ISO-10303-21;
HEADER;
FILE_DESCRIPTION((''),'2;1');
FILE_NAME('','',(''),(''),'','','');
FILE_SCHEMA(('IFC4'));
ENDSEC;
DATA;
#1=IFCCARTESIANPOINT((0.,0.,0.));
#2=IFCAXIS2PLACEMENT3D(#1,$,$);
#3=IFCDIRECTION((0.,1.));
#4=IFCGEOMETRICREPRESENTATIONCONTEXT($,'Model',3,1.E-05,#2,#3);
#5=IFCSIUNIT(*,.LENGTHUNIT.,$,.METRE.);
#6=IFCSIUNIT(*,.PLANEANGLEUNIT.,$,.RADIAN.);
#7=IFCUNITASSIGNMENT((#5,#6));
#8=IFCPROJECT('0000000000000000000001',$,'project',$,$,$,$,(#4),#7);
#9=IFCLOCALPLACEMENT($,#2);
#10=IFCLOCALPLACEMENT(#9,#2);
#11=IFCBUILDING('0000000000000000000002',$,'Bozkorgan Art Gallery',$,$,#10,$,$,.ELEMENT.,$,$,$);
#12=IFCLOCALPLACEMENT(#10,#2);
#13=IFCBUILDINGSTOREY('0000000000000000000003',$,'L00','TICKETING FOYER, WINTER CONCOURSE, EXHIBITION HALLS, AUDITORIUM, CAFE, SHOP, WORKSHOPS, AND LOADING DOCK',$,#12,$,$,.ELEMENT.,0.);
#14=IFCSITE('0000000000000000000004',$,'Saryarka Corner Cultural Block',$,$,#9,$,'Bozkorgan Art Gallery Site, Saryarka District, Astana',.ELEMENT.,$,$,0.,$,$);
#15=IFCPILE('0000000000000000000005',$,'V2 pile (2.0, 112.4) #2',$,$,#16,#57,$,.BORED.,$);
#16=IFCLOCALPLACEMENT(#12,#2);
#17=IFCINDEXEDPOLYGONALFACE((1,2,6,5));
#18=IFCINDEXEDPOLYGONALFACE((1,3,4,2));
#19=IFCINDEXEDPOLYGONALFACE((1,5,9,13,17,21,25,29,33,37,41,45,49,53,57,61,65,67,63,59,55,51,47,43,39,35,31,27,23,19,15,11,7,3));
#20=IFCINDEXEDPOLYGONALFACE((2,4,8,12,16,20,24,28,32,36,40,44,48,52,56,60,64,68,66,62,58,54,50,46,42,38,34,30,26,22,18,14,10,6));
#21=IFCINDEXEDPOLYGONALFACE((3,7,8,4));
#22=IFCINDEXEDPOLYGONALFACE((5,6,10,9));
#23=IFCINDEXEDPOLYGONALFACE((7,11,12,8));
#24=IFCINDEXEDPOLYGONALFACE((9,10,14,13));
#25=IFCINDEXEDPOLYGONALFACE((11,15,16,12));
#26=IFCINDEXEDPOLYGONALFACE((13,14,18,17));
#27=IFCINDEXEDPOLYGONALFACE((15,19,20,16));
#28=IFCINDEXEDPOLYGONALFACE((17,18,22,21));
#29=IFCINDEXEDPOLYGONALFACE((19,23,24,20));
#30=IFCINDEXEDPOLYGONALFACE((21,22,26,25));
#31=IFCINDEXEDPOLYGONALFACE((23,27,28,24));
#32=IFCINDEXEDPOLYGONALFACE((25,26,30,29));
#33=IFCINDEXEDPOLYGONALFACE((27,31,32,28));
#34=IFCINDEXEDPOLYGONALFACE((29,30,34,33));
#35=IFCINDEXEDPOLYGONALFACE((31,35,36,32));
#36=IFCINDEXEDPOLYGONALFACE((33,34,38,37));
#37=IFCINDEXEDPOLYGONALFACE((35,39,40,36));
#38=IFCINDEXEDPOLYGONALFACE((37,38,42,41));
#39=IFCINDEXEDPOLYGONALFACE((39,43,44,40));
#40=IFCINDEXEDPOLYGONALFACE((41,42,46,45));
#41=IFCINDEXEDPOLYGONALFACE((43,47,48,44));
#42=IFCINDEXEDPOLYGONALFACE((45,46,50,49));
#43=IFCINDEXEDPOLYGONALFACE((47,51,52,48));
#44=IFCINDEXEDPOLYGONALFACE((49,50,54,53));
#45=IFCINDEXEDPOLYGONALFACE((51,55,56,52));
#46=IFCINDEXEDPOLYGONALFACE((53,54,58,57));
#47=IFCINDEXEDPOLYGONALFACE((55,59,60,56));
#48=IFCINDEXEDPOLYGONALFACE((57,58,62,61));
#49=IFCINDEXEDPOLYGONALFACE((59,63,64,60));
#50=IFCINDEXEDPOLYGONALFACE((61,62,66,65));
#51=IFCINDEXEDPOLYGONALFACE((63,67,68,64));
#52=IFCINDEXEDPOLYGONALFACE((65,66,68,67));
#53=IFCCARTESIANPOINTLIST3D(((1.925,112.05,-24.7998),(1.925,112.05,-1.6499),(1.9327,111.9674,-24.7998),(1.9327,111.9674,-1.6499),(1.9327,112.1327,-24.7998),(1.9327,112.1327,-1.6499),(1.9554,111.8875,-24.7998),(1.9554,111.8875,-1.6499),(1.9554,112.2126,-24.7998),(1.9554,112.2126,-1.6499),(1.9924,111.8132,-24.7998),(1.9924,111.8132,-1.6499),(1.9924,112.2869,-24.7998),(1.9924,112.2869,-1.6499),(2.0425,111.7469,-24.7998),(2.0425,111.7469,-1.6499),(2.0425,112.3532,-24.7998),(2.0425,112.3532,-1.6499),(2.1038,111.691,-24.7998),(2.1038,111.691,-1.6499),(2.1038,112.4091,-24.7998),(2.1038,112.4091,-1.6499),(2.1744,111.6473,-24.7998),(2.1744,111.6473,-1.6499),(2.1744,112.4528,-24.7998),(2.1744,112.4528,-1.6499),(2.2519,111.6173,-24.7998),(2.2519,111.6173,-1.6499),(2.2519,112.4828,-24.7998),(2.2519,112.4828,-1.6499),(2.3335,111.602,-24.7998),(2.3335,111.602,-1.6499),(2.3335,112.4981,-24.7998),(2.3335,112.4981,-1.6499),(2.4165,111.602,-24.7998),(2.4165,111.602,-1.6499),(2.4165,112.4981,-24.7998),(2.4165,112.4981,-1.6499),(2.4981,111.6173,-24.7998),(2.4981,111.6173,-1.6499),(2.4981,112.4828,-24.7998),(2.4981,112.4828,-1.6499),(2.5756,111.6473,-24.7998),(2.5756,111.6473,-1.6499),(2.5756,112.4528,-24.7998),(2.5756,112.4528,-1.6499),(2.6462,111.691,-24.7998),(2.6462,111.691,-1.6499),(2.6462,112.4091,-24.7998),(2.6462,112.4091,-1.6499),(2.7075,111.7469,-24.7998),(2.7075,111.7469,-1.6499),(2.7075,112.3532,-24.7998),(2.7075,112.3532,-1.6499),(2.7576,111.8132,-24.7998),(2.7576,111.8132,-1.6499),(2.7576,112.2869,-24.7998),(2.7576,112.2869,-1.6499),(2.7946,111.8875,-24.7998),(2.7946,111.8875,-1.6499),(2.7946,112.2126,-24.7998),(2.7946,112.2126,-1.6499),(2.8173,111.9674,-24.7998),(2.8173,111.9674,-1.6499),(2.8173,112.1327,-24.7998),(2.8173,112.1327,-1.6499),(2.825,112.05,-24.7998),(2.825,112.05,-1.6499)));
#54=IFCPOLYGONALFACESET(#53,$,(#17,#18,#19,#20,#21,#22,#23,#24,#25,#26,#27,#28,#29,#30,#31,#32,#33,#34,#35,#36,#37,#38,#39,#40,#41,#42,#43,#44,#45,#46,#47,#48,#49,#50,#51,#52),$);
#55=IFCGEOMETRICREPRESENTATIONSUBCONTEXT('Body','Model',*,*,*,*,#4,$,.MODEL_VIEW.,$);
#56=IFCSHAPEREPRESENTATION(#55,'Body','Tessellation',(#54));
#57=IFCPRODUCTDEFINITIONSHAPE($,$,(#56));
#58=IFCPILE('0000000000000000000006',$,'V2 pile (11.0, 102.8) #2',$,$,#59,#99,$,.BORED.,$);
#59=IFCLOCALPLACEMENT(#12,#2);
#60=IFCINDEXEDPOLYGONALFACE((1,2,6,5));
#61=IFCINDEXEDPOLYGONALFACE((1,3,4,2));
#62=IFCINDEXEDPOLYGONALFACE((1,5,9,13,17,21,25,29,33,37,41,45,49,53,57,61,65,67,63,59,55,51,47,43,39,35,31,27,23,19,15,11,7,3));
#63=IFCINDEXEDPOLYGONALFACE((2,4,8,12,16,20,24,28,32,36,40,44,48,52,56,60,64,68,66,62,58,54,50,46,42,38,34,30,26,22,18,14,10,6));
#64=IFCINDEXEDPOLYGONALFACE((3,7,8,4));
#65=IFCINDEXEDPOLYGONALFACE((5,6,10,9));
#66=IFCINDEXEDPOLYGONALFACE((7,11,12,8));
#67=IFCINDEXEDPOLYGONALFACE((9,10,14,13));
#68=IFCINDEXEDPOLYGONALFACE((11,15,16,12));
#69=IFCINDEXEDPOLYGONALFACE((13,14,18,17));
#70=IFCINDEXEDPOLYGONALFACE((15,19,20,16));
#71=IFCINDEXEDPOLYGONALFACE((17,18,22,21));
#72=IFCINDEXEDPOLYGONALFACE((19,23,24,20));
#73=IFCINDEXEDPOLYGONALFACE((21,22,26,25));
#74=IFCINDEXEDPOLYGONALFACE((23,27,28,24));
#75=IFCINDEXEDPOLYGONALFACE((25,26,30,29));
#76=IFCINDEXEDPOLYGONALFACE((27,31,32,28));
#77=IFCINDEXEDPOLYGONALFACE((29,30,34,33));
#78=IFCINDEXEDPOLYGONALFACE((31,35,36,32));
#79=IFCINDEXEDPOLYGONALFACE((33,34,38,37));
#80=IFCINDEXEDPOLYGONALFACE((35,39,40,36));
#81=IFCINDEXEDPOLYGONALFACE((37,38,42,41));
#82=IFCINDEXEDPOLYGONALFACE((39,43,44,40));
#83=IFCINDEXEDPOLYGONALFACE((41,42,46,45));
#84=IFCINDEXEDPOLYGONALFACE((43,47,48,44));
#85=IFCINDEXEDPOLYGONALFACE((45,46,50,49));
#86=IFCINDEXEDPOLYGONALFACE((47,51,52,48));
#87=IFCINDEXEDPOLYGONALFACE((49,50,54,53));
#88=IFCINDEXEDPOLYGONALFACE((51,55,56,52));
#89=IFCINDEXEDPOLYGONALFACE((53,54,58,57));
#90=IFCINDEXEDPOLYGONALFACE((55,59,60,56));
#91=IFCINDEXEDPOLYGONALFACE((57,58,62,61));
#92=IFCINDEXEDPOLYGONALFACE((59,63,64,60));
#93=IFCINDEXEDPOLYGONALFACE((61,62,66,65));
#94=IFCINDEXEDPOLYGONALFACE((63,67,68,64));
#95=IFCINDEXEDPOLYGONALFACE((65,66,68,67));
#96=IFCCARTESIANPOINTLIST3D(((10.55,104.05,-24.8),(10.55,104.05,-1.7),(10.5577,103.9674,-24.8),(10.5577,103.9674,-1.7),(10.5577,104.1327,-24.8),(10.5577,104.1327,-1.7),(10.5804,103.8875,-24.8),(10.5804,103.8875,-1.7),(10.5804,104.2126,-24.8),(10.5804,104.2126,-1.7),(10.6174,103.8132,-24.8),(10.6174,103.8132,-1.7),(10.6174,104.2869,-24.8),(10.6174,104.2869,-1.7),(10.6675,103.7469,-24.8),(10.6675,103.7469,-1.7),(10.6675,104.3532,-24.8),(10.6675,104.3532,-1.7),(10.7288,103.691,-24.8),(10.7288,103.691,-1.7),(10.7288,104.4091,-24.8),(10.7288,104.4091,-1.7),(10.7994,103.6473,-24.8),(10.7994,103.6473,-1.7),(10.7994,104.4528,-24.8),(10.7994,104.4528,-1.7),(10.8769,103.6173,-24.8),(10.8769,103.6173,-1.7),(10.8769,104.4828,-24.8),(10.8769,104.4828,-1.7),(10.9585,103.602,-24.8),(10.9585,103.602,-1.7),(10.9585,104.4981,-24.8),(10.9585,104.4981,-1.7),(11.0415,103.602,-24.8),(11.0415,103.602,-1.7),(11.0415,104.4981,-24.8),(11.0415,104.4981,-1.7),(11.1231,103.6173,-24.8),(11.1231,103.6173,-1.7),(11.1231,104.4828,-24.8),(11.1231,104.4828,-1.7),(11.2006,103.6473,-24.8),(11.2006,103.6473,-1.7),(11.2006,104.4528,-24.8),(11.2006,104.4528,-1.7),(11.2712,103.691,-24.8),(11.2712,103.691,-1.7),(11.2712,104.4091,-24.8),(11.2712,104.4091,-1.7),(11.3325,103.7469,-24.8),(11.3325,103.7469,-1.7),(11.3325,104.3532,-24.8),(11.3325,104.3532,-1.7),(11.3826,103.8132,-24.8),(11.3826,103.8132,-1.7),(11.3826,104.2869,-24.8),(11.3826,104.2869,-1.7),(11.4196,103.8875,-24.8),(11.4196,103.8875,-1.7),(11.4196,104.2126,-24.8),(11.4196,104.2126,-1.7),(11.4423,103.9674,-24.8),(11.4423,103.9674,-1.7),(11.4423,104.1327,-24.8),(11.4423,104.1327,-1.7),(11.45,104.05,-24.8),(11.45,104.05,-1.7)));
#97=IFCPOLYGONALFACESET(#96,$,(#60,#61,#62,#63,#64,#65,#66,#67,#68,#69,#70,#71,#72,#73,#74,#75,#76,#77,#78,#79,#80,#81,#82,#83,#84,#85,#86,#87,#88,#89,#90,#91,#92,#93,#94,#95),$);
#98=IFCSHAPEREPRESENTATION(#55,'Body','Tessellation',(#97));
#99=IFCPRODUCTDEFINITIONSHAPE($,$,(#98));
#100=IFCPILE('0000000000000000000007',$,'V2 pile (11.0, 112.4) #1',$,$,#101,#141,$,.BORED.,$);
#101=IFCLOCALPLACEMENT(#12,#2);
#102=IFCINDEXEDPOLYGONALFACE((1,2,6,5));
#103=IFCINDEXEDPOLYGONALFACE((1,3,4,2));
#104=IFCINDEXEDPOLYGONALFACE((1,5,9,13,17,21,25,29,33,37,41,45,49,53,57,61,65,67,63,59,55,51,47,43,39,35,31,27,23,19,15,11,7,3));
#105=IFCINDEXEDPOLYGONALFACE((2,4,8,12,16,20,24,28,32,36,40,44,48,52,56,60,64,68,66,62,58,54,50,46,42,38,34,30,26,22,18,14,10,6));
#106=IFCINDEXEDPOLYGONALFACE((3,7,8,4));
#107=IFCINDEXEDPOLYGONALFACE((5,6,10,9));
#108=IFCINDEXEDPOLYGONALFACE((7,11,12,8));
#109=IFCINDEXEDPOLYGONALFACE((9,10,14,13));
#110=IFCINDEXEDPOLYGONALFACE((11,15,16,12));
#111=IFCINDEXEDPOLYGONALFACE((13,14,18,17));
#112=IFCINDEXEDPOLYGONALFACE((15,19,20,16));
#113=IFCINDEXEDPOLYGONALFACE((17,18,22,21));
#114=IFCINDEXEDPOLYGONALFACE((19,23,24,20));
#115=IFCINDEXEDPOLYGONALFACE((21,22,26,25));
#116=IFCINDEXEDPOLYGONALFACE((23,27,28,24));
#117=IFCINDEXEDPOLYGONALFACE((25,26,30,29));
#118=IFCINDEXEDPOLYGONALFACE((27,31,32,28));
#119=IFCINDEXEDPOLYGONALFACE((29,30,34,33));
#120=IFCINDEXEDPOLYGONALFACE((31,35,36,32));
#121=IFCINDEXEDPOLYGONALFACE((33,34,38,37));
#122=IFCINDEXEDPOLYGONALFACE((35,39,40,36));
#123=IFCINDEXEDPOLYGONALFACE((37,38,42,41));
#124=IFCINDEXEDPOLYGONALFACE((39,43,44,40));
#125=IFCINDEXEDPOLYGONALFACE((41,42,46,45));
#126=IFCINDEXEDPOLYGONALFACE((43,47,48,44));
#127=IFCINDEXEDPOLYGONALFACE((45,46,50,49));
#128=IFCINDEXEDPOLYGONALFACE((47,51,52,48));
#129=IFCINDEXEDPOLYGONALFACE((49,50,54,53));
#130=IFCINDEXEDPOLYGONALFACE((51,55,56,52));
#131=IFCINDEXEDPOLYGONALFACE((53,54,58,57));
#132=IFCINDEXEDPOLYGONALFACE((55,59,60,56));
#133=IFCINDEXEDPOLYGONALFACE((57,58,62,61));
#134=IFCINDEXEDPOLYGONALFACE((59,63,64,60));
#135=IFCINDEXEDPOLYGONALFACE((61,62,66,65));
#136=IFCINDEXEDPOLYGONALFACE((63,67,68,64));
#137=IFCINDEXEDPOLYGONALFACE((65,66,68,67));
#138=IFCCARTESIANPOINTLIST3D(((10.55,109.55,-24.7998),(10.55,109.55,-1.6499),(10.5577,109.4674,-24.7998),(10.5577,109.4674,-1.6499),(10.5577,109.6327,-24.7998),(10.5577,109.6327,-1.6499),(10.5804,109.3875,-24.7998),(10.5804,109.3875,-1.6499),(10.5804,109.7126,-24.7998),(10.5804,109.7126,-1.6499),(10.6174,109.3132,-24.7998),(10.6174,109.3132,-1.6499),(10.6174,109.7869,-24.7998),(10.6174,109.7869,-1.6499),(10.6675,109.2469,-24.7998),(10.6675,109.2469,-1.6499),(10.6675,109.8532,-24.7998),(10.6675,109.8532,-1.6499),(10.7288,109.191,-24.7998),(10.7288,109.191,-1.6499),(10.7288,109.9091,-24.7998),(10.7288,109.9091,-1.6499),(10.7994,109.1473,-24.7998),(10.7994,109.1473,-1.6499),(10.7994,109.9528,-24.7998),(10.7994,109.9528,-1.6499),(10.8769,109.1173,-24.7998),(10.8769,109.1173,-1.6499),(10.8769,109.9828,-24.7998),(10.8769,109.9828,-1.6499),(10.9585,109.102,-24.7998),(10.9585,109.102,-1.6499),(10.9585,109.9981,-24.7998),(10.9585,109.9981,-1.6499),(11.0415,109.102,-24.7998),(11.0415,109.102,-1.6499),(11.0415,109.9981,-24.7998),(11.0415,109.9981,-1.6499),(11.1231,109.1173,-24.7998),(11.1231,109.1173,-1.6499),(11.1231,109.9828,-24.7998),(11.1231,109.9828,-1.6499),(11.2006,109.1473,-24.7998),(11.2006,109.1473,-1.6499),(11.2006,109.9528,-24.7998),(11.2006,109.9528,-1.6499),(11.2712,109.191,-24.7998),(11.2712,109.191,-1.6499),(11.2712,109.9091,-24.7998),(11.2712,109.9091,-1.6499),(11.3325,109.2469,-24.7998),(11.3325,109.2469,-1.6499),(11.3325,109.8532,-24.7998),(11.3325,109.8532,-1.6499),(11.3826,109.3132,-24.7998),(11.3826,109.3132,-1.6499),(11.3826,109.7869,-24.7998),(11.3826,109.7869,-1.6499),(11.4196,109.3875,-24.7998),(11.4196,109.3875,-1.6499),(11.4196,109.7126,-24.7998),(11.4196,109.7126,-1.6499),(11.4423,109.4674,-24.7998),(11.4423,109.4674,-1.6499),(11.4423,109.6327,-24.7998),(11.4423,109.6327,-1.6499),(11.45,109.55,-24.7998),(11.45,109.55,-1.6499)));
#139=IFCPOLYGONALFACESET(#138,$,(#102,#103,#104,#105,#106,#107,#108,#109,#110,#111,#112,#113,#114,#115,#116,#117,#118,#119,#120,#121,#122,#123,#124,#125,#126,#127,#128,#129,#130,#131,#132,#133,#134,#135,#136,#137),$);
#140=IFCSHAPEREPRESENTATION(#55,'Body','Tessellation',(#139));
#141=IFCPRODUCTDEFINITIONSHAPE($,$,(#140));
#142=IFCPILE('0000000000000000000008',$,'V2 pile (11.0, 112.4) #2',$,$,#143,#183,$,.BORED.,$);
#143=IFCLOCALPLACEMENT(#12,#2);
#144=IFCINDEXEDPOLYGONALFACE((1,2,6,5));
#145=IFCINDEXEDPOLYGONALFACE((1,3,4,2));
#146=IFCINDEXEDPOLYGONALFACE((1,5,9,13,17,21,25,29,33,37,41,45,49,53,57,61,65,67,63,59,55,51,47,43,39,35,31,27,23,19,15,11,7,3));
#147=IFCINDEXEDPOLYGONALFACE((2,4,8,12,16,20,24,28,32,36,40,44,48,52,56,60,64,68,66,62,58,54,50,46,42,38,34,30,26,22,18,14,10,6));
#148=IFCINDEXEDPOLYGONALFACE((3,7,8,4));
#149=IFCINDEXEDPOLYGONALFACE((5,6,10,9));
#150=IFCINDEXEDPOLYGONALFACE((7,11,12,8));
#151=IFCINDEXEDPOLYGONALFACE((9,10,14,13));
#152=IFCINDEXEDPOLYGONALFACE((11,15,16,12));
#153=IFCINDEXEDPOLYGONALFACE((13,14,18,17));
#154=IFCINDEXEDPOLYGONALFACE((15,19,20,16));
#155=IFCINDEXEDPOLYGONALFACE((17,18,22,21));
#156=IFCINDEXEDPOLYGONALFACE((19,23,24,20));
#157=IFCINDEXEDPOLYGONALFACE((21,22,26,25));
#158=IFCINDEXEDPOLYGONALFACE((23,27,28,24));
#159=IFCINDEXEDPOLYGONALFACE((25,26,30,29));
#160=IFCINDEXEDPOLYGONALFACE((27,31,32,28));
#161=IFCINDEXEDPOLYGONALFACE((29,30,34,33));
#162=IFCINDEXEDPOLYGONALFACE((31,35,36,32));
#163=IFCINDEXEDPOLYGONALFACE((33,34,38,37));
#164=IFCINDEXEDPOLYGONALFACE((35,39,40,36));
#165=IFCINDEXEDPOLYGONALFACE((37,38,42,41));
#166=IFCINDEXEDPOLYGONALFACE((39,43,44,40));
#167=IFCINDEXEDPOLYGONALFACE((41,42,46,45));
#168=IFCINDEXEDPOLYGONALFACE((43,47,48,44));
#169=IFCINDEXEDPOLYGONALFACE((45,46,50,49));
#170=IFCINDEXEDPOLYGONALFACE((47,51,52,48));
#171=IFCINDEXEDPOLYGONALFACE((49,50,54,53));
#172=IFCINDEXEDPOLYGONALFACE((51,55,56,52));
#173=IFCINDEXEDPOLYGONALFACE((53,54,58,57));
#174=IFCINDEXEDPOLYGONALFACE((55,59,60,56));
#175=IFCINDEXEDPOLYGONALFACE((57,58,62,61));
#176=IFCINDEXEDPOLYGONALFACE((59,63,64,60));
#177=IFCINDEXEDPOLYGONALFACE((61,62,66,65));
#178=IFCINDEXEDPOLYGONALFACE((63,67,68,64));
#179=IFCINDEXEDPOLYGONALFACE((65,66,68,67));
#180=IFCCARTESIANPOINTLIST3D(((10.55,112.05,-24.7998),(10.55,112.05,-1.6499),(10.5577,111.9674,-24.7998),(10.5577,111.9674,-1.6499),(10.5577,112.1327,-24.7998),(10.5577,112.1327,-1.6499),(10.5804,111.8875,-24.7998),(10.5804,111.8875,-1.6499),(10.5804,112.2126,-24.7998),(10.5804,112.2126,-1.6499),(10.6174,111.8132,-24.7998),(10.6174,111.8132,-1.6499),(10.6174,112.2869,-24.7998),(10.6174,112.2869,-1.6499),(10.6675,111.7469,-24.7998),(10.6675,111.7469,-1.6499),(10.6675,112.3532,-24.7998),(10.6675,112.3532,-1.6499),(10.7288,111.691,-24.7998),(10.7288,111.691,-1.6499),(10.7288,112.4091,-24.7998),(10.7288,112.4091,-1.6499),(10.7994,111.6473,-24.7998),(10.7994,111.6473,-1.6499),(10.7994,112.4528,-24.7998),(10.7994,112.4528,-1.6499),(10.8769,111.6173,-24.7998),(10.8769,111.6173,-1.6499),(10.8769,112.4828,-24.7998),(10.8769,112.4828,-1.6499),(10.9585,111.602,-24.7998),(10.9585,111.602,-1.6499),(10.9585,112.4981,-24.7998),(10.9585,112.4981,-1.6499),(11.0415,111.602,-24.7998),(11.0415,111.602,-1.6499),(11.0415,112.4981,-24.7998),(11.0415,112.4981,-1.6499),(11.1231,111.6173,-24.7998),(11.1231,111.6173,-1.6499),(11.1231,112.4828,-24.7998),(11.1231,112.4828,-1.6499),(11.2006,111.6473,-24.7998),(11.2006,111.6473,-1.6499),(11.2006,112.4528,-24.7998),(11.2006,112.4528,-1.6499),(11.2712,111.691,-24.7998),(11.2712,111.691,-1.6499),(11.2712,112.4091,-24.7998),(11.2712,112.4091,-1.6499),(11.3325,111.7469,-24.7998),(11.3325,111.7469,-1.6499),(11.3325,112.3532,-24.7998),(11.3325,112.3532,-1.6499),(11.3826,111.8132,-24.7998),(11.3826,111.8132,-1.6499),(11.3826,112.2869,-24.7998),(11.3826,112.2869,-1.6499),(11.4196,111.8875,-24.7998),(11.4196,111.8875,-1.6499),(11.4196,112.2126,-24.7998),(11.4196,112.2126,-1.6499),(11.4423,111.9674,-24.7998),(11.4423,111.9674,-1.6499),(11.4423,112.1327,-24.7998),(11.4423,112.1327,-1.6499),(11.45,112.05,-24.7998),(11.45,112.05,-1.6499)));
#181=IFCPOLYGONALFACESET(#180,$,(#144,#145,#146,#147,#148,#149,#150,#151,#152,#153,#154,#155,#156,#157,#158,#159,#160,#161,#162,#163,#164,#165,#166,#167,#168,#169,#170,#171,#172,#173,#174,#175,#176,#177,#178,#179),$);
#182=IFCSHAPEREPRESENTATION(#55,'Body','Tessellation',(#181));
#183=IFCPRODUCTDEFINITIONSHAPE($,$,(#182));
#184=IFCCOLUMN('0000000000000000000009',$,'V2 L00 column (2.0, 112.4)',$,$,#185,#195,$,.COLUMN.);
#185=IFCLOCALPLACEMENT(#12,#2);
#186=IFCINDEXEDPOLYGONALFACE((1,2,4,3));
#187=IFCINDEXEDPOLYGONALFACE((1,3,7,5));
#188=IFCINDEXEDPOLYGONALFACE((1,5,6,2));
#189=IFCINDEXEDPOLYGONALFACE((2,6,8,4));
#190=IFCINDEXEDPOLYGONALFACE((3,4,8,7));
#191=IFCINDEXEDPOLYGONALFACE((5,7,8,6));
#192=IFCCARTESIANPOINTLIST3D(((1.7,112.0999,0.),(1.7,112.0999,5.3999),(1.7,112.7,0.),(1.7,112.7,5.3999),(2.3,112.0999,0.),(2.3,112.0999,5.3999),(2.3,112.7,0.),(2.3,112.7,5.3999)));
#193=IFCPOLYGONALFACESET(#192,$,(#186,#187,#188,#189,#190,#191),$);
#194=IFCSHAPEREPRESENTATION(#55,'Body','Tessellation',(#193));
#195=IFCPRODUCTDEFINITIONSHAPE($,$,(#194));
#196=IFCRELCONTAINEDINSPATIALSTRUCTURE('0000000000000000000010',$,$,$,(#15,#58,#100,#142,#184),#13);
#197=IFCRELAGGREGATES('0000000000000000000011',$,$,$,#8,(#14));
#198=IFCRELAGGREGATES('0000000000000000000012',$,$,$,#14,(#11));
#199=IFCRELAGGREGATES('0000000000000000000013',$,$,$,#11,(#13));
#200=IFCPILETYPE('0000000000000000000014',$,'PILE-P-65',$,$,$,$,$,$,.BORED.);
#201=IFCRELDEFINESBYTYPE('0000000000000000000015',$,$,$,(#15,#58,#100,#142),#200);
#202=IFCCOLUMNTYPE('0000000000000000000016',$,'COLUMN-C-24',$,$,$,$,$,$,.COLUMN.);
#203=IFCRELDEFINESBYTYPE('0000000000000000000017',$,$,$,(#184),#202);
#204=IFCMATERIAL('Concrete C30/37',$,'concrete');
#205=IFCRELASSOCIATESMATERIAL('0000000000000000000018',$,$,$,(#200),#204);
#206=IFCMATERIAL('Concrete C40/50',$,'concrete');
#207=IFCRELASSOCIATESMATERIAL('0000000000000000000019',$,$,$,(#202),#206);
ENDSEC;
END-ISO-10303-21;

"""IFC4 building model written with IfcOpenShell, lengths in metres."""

from ifc_helpers import new_model, si_unit, direction, frame, origin, origin_2d, place, context, subcontext, project, spatial, rectangle, circle, extrude, material, material_profile, profile_set, type_object, element, save


model = new_model("IFC4")

# Units and contexts
model_context = context("Model", 3, precision=1e-05, world=origin(), true_north=direction((0.0, 1.0)))
body_context = subcontext(model_context, "Body", "Model", "MODEL_VIEW")
ifc_project = project(units=[si_unit("LENGTHUNIT", "METRE"), si_unit("PLANEANGLEUNIT", "RADIAN")], contexts=[model_context])

# Site, building, storey
site_placement = place(None, origin())
site = spatial("IfcSite", under=ifc_project, at=site_placement, Name="Saryarka Corner Cultural Block", LongName="Bozkorgan Art Gallery Site, Saryarka District, Astana", CompositionType="ELEMENT", RefElevation=0.0)
building_placement = place(site_placement, origin())
building = spatial("IfcBuilding", under=site, at=building_placement, Name="Bozkorgan Art Gallery", CompositionType="ELEMENT")
storey_placement = place(building_placement, origin())
storey = spatial("IfcBuildingStorey", under=building, at=storey_placement, Name="L00", Description="TICKETING FOYER, WINTER CONCOURSE, EXHIBITION HALLS, AUDITORIUM, CAFE, SHOP, WORKSHOPS, AND LOADING DOCK", CompositionType="ELEMENT", Elevation=0.0)

# Shared definitions
ifc_material_1 = material(Name="Concrete C30/37", Category="concrete")

# Piles
ifc_material_profile_1 = material_profile(ifc_material_1, circle(Radius=0.45, at=origin_2d()), Name="PILE D900")
ifc_profile_set_1 = profile_set([ifc_material_profile_1], Name="Concrete C30/37")
pile_type = type_object("IfcPileType", Name="PILE-P-65", PredefinedType="BORED", material=ifc_profile_set_1)
for number, where, z_axis, x_axis, name in (
    (1, (2.375, 112.05, -1.6499), (0.0, 0.0, -1.0), (1.0, 0.0, 0.0), "V2 pile (2.0, 112.4) #2"),
):
    element("IfcPile", number, at=place(storey_placement, frame(where, z_axis=z_axis, x_axis=x_axis)), inside=storey, type_object=pile_type, Name=name, PredefinedType="BORED", context=body_context, shape_type="SweptSolid", body=[
        extrude(circle(Radius=0.45, at=origin_2d()), origin(), (0.0, 0.0, 1.0), 23.1499),
    ])
pile_placement = place(storey_placement, frame((11.0, 104.05, -1.7), z_axis=(0.0, 0.0, -1.0), x_axis=(1.0, 0.0, 0.0)))
element("IfcPile", 2, at=pile_placement, inside=storey, type_object=pile_type, Name="V2 pile (11.0, 102.8) #2", PredefinedType="BORED", context=body_context, shape_type="SweptSolid", body=[
    extrude(circle(Radius=0.45, at=origin_2d()), origin(), (0.0, 0.0, 1.0), 23.1001),
])
for number, where, z_axis, x_axis, name in (
    (3, (11.0, 109.55, -1.6499), (0.0, 0.0, -1.0), (1.0, 0.0, 0.0), "V2 pile (11.0, 112.4) #1"),
    (4, (11.0, 112.05, -1.6499), (0.0, 0.0, -1.0), (1.0, 0.0, 0.0), "V2 pile (11.0, 112.4) #2"),
):
    element("IfcPile", number, at=place(storey_placement, frame(where, z_axis=z_axis, x_axis=x_axis)), inside=storey, type_object=pile_type, Name=name, PredefinedType="BORED", context=body_context, shape_type="SweptSolid", body=[
        extrude(circle(Radius=0.45, at=origin_2d()), origin(), (0.0, 0.0, 1.0), 23.1499),
    ])

# Column
ifc_material_2 = material(Name="Concrete C40/50", Category="concrete")
ifc_material_profile_2 = material_profile(ifc_material_2, rectangle(XDim=0.6001, YDim=0.6001, at=origin_2d()), Name="RC 600x600")
ifc_profile_set_2 = profile_set([ifc_material_profile_2], Name="Concrete C40/50")
column_type_1 = type_object("IfcColumnType", Name="COLUMN-C-24", PredefinedType="COLUMN", material=ifc_profile_set_2)
for number, where, z_axis, x_axis, name in (
    (5, (2.0, 112.3999, 0.0), (0.0, 0.0, 1.0), (1.0, 0.0, 0.0), "V2 L00 column (2.0, 112.4)"),
):
    element("IfcColumn", number, at=place(storey_placement, frame(where, z_axis=z_axis, x_axis=x_axis)), inside=storey, type_object=column_type_1, Name=name, PredefinedType="COLUMN", context=body_context, shape_type="SweptSolid", body=[
        extrude(rectangle(XDim=0.6001, YDim=0.6001, at=origin_2d()), origin(), (0.0, 0.0, 1.0), 5.3999),
    ])

save(model, "model.ifc")
